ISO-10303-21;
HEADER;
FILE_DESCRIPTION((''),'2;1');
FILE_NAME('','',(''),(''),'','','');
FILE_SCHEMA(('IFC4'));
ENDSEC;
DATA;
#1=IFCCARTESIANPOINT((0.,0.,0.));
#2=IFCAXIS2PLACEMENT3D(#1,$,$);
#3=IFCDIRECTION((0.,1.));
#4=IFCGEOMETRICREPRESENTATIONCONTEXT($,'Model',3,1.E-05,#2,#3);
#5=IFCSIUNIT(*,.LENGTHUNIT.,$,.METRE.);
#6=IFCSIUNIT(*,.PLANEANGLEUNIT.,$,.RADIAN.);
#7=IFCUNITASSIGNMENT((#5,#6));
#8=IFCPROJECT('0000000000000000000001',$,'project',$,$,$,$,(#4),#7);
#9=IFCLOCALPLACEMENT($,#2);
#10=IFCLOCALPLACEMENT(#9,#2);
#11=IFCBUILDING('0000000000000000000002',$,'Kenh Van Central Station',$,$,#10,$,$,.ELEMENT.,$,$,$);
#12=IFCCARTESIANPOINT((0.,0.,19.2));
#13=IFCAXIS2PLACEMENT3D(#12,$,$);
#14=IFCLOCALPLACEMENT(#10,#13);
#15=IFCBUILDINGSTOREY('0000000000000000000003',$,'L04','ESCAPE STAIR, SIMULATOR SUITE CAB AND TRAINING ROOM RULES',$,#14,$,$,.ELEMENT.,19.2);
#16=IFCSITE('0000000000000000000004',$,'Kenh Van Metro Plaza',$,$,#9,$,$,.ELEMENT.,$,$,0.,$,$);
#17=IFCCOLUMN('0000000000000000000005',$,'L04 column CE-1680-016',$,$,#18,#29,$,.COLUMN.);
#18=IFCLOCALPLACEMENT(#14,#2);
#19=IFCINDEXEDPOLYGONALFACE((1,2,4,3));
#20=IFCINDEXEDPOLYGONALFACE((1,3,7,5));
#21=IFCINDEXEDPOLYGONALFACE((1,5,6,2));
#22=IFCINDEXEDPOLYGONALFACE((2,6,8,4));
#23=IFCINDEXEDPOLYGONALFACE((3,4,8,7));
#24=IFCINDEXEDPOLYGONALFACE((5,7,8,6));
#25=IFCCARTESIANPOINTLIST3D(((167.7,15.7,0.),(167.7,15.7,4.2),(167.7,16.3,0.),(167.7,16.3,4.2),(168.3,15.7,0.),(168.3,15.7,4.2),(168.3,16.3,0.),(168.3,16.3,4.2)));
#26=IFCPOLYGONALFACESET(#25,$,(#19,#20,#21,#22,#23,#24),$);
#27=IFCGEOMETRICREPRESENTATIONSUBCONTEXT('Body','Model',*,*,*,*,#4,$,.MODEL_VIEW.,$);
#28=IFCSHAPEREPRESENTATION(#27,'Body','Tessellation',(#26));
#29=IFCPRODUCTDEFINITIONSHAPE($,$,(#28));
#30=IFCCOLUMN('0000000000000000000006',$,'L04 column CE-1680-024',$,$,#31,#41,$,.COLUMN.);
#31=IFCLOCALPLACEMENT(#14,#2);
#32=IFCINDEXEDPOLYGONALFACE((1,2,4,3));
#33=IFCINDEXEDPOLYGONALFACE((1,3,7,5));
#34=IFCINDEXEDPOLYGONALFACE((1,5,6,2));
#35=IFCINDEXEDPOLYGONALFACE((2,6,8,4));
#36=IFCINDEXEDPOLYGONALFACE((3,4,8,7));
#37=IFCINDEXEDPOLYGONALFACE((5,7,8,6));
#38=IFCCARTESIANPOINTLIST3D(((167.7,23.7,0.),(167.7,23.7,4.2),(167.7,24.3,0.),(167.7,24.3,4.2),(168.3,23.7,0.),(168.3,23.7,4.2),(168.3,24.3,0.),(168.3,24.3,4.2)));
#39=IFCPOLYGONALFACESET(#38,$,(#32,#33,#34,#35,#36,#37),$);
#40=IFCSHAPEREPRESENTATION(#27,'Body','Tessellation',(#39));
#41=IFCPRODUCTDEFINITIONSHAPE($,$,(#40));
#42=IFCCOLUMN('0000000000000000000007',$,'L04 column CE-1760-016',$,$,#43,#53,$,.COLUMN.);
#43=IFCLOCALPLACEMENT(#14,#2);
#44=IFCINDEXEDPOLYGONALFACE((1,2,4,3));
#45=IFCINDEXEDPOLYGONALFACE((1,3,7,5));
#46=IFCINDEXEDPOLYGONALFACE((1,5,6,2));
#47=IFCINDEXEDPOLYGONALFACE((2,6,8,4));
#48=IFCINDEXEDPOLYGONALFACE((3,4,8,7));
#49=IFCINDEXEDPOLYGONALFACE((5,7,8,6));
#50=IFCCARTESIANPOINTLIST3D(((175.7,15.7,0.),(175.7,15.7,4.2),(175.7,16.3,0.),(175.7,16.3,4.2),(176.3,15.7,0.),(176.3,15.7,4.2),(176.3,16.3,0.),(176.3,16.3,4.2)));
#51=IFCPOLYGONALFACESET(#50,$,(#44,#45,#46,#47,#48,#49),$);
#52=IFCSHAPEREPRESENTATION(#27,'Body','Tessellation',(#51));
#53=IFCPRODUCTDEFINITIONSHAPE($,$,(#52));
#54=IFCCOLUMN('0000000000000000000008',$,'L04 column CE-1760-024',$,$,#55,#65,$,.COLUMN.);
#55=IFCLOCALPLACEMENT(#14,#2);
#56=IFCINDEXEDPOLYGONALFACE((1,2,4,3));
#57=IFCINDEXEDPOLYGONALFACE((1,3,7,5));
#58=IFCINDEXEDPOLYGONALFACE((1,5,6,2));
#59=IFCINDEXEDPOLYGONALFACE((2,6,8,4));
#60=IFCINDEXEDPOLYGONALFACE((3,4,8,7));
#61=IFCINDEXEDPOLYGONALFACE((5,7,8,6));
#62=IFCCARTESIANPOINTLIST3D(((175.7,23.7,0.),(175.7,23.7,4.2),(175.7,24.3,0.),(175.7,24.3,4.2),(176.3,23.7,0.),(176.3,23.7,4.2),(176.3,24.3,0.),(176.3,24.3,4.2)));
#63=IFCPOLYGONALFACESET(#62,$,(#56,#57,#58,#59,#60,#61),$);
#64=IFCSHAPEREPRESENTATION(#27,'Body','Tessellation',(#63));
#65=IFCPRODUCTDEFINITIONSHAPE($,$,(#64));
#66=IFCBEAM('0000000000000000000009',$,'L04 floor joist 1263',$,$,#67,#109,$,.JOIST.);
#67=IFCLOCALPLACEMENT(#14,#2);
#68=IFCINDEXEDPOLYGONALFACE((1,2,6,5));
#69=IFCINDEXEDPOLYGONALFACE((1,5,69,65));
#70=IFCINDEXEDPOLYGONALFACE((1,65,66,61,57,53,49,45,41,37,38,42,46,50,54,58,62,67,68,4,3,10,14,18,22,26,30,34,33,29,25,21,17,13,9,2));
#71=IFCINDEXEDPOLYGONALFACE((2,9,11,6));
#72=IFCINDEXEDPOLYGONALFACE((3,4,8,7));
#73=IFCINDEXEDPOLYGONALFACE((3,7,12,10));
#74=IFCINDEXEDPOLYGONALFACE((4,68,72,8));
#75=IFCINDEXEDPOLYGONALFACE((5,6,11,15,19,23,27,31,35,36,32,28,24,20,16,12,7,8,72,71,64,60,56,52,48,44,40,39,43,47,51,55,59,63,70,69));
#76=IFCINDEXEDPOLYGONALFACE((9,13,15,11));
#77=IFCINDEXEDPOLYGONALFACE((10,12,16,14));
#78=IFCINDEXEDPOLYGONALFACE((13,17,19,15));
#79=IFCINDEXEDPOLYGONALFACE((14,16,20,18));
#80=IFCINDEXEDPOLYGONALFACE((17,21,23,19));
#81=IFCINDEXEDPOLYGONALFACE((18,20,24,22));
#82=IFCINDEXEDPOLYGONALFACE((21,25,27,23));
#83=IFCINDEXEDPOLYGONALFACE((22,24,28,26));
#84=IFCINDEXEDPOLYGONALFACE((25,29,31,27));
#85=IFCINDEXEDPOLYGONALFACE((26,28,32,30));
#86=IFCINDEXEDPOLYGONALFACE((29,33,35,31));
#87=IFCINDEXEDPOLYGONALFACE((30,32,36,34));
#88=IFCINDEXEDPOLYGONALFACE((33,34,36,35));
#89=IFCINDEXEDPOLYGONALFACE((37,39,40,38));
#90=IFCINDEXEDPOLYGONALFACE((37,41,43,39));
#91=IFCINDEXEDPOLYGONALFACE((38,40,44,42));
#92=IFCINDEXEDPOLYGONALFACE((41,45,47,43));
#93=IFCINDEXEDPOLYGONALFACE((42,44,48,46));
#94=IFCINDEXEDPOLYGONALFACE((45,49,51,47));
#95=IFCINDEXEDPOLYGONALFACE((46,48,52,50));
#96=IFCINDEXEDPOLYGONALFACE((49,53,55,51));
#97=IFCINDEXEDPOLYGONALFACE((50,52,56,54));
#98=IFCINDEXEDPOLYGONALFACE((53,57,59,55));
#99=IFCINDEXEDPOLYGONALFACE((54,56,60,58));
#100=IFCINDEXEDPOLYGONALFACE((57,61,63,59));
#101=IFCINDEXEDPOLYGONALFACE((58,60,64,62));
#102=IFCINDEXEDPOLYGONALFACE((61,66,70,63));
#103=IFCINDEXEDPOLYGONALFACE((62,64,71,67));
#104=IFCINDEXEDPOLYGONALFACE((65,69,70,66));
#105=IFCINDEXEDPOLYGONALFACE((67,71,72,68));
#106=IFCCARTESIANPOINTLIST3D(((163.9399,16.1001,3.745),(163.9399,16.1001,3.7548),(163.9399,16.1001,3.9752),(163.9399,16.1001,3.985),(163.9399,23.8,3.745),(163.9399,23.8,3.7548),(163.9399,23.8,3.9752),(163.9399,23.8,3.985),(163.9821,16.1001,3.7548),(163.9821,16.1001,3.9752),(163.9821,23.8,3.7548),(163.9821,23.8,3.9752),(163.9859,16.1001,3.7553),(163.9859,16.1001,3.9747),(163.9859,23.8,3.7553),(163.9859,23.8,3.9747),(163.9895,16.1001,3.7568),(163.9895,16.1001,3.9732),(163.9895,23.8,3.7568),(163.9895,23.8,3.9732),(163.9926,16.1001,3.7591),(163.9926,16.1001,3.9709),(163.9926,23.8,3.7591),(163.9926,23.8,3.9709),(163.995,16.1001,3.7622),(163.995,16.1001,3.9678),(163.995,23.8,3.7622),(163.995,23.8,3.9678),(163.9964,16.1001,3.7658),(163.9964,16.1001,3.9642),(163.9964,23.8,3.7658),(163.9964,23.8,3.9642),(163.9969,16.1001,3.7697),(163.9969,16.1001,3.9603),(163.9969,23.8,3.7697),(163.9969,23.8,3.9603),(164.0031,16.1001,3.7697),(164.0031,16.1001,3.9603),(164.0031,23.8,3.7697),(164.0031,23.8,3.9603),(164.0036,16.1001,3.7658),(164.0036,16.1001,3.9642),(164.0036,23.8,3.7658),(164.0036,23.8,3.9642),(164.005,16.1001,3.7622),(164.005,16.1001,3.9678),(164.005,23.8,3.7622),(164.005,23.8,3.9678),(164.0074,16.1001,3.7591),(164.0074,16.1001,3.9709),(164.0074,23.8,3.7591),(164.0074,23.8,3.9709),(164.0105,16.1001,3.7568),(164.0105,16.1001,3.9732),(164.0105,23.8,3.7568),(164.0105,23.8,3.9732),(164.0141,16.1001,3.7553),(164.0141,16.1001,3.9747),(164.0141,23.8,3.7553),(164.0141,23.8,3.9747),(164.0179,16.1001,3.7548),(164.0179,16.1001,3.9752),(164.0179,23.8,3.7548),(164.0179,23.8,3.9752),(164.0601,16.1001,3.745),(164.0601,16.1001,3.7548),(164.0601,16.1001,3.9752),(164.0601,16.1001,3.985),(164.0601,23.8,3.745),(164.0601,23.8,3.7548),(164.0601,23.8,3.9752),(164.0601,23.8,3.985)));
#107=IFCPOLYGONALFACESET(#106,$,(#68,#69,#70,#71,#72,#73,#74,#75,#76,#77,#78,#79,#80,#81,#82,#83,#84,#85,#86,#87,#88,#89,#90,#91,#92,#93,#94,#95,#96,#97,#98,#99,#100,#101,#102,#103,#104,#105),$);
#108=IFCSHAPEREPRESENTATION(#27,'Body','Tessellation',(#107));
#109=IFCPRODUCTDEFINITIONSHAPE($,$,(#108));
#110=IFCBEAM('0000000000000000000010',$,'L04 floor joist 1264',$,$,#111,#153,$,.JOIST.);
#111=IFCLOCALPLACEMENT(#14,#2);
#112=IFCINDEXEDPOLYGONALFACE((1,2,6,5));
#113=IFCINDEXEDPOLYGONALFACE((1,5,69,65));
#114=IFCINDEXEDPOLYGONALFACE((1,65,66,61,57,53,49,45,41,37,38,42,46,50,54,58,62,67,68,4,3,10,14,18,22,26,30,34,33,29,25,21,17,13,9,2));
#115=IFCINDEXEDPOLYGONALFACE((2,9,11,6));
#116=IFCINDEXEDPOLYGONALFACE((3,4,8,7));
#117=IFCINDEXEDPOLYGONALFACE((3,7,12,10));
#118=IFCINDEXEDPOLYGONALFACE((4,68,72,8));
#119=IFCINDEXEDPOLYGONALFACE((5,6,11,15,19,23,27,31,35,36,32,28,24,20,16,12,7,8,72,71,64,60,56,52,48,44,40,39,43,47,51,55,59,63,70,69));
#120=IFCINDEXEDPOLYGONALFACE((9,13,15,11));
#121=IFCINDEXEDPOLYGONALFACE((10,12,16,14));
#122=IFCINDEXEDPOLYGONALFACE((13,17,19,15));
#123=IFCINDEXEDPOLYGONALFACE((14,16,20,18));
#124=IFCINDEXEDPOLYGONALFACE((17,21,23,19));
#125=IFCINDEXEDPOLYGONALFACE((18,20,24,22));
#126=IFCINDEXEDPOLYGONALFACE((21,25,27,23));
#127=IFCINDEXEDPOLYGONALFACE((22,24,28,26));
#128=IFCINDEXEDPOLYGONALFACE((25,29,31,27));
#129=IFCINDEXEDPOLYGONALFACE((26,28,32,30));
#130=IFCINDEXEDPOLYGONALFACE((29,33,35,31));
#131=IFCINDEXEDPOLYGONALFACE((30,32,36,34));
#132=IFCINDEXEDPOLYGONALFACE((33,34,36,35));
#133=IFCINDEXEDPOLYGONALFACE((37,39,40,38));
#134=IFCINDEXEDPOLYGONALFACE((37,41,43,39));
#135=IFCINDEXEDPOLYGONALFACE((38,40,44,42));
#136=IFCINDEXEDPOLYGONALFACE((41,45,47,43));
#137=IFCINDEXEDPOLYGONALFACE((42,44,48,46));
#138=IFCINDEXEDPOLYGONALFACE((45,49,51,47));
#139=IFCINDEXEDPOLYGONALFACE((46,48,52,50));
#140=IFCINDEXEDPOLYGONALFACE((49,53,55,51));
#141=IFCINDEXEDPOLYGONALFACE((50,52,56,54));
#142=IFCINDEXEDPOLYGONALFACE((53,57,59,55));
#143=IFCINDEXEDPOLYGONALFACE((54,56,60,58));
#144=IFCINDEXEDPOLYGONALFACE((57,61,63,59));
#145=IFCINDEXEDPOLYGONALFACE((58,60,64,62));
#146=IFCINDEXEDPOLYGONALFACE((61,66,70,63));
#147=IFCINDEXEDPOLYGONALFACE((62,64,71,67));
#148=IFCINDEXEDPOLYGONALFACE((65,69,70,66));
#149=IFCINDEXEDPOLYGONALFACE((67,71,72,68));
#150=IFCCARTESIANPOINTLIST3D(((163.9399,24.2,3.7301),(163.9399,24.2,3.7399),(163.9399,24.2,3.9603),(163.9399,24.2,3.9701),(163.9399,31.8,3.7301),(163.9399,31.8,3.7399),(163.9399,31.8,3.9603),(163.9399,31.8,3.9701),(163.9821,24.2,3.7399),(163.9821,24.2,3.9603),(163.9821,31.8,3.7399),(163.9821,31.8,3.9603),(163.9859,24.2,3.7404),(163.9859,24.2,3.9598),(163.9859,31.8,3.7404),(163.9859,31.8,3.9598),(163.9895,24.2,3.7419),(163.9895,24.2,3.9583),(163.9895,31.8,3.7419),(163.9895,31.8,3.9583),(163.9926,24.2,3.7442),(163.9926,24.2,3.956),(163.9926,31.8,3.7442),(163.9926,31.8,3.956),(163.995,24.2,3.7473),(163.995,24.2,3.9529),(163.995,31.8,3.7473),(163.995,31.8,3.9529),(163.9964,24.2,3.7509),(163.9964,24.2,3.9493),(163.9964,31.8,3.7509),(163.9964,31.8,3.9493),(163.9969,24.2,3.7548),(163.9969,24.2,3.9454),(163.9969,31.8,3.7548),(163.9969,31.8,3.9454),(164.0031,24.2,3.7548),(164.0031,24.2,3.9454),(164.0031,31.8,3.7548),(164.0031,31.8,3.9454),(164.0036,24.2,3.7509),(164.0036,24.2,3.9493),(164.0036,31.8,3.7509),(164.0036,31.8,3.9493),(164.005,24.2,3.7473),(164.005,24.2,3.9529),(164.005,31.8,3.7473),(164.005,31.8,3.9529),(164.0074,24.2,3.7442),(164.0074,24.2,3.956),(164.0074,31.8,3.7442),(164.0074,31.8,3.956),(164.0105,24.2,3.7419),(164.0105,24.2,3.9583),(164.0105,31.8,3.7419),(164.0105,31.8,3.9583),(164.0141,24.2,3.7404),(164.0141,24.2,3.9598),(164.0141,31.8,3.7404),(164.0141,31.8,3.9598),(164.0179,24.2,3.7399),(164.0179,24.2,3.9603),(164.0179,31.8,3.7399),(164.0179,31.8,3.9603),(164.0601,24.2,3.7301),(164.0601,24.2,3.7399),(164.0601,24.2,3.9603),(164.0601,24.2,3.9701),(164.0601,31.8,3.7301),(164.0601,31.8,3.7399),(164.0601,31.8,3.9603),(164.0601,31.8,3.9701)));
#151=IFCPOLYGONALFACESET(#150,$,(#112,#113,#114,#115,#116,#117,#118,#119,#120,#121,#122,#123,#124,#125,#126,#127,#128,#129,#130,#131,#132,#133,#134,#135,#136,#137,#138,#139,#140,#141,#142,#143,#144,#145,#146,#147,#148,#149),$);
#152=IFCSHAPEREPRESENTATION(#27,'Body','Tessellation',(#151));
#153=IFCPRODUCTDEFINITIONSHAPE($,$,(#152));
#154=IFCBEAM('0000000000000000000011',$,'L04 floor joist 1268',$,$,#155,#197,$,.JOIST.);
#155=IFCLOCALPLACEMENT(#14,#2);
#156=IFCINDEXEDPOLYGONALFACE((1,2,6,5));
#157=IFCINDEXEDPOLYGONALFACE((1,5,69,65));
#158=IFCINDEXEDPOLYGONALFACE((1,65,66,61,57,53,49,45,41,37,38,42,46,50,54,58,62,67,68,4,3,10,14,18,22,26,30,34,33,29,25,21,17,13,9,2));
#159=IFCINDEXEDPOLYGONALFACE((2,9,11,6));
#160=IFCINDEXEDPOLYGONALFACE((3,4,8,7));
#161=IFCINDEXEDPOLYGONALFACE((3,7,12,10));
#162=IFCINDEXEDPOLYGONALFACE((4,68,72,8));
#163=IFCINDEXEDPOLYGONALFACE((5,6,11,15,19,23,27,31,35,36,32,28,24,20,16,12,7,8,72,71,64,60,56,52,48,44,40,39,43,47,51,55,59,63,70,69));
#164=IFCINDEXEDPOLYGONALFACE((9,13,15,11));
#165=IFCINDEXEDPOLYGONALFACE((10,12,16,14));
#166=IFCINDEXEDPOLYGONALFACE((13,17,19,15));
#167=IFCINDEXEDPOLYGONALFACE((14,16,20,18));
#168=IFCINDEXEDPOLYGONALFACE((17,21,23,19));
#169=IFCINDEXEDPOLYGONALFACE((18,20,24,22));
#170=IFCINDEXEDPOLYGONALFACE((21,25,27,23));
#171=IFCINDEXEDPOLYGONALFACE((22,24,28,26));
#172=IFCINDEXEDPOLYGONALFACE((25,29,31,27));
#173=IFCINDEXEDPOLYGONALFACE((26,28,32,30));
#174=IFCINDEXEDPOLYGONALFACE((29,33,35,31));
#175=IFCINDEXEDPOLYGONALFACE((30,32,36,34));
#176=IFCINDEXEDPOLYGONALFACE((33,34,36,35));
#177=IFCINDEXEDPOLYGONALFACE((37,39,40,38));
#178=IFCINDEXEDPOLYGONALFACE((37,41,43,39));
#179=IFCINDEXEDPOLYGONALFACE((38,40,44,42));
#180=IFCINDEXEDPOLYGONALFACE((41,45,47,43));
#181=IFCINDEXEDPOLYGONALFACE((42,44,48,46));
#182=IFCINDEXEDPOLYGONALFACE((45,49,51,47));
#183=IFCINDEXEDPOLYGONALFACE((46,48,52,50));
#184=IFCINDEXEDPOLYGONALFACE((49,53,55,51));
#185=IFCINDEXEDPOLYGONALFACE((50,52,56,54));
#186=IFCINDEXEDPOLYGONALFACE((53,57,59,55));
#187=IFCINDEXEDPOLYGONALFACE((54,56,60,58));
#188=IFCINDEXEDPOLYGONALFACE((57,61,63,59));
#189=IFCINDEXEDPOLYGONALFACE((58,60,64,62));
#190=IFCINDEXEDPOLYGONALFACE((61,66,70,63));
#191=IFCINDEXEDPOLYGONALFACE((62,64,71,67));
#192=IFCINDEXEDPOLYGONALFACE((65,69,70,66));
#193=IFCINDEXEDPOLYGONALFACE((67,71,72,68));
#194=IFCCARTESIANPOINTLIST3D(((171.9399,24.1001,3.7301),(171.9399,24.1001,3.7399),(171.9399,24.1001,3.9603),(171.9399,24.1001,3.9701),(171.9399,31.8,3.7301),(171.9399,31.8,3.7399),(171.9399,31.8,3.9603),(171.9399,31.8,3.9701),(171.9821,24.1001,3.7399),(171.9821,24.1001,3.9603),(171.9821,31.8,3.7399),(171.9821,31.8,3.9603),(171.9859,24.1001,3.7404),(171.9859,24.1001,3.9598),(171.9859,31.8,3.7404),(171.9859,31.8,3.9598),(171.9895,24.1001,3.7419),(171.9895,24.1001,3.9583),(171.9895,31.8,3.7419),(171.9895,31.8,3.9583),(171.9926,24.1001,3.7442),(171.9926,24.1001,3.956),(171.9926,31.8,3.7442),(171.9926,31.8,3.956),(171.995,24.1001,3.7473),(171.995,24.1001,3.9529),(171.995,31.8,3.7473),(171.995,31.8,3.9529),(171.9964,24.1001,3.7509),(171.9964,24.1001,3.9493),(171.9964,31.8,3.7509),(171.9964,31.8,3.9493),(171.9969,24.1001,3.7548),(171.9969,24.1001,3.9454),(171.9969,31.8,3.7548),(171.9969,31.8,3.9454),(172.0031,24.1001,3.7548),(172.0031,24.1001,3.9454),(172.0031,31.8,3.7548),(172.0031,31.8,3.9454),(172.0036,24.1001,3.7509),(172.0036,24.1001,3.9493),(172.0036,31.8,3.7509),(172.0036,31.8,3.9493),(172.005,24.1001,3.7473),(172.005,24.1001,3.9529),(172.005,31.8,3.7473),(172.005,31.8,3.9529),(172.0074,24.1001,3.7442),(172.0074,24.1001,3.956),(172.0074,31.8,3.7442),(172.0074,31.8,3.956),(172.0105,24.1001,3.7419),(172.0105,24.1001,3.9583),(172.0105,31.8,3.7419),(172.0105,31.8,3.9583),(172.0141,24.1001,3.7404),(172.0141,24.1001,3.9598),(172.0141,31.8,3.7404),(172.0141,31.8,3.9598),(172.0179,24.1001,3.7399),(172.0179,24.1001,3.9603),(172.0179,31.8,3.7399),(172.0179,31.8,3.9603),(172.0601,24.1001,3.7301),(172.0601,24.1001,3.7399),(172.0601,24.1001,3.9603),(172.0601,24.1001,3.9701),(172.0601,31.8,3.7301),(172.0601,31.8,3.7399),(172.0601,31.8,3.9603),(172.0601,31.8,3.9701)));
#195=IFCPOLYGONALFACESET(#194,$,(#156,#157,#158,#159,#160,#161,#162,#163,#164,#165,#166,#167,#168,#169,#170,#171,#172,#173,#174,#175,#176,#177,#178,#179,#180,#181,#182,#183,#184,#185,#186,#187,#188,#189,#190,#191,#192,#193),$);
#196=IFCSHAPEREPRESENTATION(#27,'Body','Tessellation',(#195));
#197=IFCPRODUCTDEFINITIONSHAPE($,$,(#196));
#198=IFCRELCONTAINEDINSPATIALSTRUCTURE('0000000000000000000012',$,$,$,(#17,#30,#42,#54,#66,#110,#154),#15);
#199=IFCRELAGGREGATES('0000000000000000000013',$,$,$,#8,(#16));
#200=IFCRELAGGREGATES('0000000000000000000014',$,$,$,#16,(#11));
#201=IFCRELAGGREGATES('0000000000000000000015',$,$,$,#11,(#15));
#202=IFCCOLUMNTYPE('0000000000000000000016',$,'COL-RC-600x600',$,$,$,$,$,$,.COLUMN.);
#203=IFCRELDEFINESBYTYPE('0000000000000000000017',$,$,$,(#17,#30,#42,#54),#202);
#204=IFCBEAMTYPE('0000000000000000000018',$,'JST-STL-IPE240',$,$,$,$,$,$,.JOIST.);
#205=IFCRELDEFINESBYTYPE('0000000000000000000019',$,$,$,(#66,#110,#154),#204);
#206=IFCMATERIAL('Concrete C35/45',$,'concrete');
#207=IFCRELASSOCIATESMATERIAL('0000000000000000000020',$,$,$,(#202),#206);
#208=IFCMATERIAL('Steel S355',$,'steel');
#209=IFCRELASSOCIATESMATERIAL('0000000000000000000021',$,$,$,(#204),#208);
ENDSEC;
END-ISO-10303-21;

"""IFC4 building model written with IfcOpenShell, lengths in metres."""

from ifc_helpers import new_model, si_unit, direction, frame, origin, origin_2d, place, context, subcontext, project, spatial, rectangle, i_section, extrude, material, material_profile, profile_set, type_object, element, save


model = new_model("IFC4")

# Units and contexts
model_context = context("Model", 3, precision=1e-05, world=origin(), true_north=direction((0.0, 1.0)))
body_context = subcontext(model_context, "Body", "Model", "MODEL_VIEW")
ifc_project = project(units=[si_unit("LENGTHUNIT", "METRE"), si_unit("PLANEANGLEUNIT", "RADIAN")], contexts=[model_context])

# Site, building, storey
site_placement = place(None, origin())
site = spatial("IfcSite", under=ifc_project, at=site_placement, Name="Kenh Van Metro Plaza", CompositionType="ELEMENT", RefElevation=0.0)
building_placement = place(site_placement, origin())
building = spatial("IfcBuilding", under=site, at=building_placement, Name="Kenh Van Central Station", CompositionType="ELEMENT")
storey_placement = place(building_placement, frame((0.0, 0.0, 19.2)))
storey = spatial("IfcBuildingStorey", under=building, at=storey_placement, Name="L04", Description="ESCAPE STAIR, SIMULATOR SUITE CAB AND TRAINING ROOM RULES", CompositionType="ELEMENT", Elevation=19.2)

# Columns
ifc_material_1 = material(Name="Concrete C35/45", Category="concrete")
ifc_material_profile_1 = material_profile(ifc_material_1, rectangle(XDim=0.6001, YDim=0.6001, at=origin_2d()), Name="RC 600x600")
ifc_profile_set_1 = profile_set([ifc_material_profile_1], Name="Concrete C35/45")
column_type = type_object("IfcColumnType", Name="COL-RC-600x600", PredefinedType="COLUMN", material=ifc_profile_set_1)
for number, where, z_axis, x_axis, name in (
    (1, (168.0, 16.0, 0.0), (0.0, 0.0, 1.0), (1.0, 0.0, 0.0), "L04 column CE-1680-016"),
    (2, (168.0, 24.0, 0.0), (0.0, 0.0, 1.0), (1.0, 0.0, 0.0), "L04 column CE-1680-024"),
    (3, (176.0, 16.0, 0.0), (0.0, 0.0, 1.0), (1.0, 0.0, 0.0), "L04 column CE-1760-016"),
    (4, (176.0, 24.0, 0.0), (0.0, 0.0, 1.0), (1.0, 0.0, 0.0), "L04 column CE-1760-024"),
):
    element("IfcColumn", number, at=place(storey_placement, frame(where, z_axis=z_axis, x_axis=x_axis)), inside=storey, type_object=column_type, Name=name, PredefinedType="COLUMN", context=body_context, shape_type="SweptSolid", body=[
        extrude(rectangle(XDim=0.6001, YDim=0.6001, at=origin_2d()), origin(), (0.0, 0.0, 1.0), 4.2),
    ])

# Beams
ifc_material_2 = material(Name="Steel S355", Category="steel")
ifc_material_profile_2 = material_profile(ifc_material_2, i_section(OverallWidth=0.1201, OverallDepth=0.24, WebThickness=0.0061, FlangeThickness=0.0098, FilletRadius=0.0149, at=origin_2d()), Name="IPE 240")
ifc_profile_set_2 = profile_set([ifc_material_profile_2], Name="Steel S355")
beam_type_1 = type_object("IfcBeamType", Name="JST-STL-IPE240", PredefinedType="JOIST", material=ifc_profile_set_2)
beam_1_placement = place(storey_placement, frame((164.0, 16.1001, 3.865), z_axis=(0.0, 1.0, 0.0), x_axis=(-1.0, 0.0, 0.0)))
element("IfcBeam", 5, at=beam_1_placement, inside=storey, type_object=beam_type_1, Name="L04 floor joist 1263", PredefinedType="JOIST", context=body_context, shape_type="SweptSolid", body=[
    extrude(i_section(OverallWidth=0.1201, OverallDepth=0.24, WebThickness=0.0061, FlangeThickness=0.0098, FilletRadius=0.0149, at=origin_2d()), origin(), (0.0, 0.0, 1.0), 7.7),
])
beam_2_placement = place(storey_placement, frame((164.0, 24.2, 3.8501), z_axis=(0.0, 1.0, 0.0), x_axis=(-1.0, 0.0, 0.0)))
element("IfcBeam", 6, at=beam_2_placement, inside=storey, type_object=beam_type_1, Name="L04 floor joist 1264", PredefinedType="JOIST", context=body_context, shape_type="SweptSolid", body=[
    extrude(i_section(OverallWidth=0.1201, OverallDepth=0.24, WebThickness=0.0061, FlangeThickness=0.0098, FilletRadius=0.0149, at=origin_2d()), origin(), (0.0, 0.0, 1.0), 7.6001),
])
beam_3_placement = place(storey_placement, frame((172.0, 24.1001, 3.8501), z_axis=(0.0, 1.0, 0.0), x_axis=(-1.0, 0.0, 0.0)))
element("IfcBeam", 7, at=beam_3_placement, inside=storey, type_object=beam_type_1, Name="L04 floor joist 1268", PredefinedType="JOIST", context=body_context, shape_type="SweptSolid", body=[
    extrude(i_section(OverallWidth=0.1201, OverallDepth=0.24, WebThickness=0.0061, FlangeThickness=0.0098, FilletRadius=0.0149, at=origin_2d()), origin(), (0.0, 0.0, 1.0), 7.7),
])

save(model, "model.ifc")
